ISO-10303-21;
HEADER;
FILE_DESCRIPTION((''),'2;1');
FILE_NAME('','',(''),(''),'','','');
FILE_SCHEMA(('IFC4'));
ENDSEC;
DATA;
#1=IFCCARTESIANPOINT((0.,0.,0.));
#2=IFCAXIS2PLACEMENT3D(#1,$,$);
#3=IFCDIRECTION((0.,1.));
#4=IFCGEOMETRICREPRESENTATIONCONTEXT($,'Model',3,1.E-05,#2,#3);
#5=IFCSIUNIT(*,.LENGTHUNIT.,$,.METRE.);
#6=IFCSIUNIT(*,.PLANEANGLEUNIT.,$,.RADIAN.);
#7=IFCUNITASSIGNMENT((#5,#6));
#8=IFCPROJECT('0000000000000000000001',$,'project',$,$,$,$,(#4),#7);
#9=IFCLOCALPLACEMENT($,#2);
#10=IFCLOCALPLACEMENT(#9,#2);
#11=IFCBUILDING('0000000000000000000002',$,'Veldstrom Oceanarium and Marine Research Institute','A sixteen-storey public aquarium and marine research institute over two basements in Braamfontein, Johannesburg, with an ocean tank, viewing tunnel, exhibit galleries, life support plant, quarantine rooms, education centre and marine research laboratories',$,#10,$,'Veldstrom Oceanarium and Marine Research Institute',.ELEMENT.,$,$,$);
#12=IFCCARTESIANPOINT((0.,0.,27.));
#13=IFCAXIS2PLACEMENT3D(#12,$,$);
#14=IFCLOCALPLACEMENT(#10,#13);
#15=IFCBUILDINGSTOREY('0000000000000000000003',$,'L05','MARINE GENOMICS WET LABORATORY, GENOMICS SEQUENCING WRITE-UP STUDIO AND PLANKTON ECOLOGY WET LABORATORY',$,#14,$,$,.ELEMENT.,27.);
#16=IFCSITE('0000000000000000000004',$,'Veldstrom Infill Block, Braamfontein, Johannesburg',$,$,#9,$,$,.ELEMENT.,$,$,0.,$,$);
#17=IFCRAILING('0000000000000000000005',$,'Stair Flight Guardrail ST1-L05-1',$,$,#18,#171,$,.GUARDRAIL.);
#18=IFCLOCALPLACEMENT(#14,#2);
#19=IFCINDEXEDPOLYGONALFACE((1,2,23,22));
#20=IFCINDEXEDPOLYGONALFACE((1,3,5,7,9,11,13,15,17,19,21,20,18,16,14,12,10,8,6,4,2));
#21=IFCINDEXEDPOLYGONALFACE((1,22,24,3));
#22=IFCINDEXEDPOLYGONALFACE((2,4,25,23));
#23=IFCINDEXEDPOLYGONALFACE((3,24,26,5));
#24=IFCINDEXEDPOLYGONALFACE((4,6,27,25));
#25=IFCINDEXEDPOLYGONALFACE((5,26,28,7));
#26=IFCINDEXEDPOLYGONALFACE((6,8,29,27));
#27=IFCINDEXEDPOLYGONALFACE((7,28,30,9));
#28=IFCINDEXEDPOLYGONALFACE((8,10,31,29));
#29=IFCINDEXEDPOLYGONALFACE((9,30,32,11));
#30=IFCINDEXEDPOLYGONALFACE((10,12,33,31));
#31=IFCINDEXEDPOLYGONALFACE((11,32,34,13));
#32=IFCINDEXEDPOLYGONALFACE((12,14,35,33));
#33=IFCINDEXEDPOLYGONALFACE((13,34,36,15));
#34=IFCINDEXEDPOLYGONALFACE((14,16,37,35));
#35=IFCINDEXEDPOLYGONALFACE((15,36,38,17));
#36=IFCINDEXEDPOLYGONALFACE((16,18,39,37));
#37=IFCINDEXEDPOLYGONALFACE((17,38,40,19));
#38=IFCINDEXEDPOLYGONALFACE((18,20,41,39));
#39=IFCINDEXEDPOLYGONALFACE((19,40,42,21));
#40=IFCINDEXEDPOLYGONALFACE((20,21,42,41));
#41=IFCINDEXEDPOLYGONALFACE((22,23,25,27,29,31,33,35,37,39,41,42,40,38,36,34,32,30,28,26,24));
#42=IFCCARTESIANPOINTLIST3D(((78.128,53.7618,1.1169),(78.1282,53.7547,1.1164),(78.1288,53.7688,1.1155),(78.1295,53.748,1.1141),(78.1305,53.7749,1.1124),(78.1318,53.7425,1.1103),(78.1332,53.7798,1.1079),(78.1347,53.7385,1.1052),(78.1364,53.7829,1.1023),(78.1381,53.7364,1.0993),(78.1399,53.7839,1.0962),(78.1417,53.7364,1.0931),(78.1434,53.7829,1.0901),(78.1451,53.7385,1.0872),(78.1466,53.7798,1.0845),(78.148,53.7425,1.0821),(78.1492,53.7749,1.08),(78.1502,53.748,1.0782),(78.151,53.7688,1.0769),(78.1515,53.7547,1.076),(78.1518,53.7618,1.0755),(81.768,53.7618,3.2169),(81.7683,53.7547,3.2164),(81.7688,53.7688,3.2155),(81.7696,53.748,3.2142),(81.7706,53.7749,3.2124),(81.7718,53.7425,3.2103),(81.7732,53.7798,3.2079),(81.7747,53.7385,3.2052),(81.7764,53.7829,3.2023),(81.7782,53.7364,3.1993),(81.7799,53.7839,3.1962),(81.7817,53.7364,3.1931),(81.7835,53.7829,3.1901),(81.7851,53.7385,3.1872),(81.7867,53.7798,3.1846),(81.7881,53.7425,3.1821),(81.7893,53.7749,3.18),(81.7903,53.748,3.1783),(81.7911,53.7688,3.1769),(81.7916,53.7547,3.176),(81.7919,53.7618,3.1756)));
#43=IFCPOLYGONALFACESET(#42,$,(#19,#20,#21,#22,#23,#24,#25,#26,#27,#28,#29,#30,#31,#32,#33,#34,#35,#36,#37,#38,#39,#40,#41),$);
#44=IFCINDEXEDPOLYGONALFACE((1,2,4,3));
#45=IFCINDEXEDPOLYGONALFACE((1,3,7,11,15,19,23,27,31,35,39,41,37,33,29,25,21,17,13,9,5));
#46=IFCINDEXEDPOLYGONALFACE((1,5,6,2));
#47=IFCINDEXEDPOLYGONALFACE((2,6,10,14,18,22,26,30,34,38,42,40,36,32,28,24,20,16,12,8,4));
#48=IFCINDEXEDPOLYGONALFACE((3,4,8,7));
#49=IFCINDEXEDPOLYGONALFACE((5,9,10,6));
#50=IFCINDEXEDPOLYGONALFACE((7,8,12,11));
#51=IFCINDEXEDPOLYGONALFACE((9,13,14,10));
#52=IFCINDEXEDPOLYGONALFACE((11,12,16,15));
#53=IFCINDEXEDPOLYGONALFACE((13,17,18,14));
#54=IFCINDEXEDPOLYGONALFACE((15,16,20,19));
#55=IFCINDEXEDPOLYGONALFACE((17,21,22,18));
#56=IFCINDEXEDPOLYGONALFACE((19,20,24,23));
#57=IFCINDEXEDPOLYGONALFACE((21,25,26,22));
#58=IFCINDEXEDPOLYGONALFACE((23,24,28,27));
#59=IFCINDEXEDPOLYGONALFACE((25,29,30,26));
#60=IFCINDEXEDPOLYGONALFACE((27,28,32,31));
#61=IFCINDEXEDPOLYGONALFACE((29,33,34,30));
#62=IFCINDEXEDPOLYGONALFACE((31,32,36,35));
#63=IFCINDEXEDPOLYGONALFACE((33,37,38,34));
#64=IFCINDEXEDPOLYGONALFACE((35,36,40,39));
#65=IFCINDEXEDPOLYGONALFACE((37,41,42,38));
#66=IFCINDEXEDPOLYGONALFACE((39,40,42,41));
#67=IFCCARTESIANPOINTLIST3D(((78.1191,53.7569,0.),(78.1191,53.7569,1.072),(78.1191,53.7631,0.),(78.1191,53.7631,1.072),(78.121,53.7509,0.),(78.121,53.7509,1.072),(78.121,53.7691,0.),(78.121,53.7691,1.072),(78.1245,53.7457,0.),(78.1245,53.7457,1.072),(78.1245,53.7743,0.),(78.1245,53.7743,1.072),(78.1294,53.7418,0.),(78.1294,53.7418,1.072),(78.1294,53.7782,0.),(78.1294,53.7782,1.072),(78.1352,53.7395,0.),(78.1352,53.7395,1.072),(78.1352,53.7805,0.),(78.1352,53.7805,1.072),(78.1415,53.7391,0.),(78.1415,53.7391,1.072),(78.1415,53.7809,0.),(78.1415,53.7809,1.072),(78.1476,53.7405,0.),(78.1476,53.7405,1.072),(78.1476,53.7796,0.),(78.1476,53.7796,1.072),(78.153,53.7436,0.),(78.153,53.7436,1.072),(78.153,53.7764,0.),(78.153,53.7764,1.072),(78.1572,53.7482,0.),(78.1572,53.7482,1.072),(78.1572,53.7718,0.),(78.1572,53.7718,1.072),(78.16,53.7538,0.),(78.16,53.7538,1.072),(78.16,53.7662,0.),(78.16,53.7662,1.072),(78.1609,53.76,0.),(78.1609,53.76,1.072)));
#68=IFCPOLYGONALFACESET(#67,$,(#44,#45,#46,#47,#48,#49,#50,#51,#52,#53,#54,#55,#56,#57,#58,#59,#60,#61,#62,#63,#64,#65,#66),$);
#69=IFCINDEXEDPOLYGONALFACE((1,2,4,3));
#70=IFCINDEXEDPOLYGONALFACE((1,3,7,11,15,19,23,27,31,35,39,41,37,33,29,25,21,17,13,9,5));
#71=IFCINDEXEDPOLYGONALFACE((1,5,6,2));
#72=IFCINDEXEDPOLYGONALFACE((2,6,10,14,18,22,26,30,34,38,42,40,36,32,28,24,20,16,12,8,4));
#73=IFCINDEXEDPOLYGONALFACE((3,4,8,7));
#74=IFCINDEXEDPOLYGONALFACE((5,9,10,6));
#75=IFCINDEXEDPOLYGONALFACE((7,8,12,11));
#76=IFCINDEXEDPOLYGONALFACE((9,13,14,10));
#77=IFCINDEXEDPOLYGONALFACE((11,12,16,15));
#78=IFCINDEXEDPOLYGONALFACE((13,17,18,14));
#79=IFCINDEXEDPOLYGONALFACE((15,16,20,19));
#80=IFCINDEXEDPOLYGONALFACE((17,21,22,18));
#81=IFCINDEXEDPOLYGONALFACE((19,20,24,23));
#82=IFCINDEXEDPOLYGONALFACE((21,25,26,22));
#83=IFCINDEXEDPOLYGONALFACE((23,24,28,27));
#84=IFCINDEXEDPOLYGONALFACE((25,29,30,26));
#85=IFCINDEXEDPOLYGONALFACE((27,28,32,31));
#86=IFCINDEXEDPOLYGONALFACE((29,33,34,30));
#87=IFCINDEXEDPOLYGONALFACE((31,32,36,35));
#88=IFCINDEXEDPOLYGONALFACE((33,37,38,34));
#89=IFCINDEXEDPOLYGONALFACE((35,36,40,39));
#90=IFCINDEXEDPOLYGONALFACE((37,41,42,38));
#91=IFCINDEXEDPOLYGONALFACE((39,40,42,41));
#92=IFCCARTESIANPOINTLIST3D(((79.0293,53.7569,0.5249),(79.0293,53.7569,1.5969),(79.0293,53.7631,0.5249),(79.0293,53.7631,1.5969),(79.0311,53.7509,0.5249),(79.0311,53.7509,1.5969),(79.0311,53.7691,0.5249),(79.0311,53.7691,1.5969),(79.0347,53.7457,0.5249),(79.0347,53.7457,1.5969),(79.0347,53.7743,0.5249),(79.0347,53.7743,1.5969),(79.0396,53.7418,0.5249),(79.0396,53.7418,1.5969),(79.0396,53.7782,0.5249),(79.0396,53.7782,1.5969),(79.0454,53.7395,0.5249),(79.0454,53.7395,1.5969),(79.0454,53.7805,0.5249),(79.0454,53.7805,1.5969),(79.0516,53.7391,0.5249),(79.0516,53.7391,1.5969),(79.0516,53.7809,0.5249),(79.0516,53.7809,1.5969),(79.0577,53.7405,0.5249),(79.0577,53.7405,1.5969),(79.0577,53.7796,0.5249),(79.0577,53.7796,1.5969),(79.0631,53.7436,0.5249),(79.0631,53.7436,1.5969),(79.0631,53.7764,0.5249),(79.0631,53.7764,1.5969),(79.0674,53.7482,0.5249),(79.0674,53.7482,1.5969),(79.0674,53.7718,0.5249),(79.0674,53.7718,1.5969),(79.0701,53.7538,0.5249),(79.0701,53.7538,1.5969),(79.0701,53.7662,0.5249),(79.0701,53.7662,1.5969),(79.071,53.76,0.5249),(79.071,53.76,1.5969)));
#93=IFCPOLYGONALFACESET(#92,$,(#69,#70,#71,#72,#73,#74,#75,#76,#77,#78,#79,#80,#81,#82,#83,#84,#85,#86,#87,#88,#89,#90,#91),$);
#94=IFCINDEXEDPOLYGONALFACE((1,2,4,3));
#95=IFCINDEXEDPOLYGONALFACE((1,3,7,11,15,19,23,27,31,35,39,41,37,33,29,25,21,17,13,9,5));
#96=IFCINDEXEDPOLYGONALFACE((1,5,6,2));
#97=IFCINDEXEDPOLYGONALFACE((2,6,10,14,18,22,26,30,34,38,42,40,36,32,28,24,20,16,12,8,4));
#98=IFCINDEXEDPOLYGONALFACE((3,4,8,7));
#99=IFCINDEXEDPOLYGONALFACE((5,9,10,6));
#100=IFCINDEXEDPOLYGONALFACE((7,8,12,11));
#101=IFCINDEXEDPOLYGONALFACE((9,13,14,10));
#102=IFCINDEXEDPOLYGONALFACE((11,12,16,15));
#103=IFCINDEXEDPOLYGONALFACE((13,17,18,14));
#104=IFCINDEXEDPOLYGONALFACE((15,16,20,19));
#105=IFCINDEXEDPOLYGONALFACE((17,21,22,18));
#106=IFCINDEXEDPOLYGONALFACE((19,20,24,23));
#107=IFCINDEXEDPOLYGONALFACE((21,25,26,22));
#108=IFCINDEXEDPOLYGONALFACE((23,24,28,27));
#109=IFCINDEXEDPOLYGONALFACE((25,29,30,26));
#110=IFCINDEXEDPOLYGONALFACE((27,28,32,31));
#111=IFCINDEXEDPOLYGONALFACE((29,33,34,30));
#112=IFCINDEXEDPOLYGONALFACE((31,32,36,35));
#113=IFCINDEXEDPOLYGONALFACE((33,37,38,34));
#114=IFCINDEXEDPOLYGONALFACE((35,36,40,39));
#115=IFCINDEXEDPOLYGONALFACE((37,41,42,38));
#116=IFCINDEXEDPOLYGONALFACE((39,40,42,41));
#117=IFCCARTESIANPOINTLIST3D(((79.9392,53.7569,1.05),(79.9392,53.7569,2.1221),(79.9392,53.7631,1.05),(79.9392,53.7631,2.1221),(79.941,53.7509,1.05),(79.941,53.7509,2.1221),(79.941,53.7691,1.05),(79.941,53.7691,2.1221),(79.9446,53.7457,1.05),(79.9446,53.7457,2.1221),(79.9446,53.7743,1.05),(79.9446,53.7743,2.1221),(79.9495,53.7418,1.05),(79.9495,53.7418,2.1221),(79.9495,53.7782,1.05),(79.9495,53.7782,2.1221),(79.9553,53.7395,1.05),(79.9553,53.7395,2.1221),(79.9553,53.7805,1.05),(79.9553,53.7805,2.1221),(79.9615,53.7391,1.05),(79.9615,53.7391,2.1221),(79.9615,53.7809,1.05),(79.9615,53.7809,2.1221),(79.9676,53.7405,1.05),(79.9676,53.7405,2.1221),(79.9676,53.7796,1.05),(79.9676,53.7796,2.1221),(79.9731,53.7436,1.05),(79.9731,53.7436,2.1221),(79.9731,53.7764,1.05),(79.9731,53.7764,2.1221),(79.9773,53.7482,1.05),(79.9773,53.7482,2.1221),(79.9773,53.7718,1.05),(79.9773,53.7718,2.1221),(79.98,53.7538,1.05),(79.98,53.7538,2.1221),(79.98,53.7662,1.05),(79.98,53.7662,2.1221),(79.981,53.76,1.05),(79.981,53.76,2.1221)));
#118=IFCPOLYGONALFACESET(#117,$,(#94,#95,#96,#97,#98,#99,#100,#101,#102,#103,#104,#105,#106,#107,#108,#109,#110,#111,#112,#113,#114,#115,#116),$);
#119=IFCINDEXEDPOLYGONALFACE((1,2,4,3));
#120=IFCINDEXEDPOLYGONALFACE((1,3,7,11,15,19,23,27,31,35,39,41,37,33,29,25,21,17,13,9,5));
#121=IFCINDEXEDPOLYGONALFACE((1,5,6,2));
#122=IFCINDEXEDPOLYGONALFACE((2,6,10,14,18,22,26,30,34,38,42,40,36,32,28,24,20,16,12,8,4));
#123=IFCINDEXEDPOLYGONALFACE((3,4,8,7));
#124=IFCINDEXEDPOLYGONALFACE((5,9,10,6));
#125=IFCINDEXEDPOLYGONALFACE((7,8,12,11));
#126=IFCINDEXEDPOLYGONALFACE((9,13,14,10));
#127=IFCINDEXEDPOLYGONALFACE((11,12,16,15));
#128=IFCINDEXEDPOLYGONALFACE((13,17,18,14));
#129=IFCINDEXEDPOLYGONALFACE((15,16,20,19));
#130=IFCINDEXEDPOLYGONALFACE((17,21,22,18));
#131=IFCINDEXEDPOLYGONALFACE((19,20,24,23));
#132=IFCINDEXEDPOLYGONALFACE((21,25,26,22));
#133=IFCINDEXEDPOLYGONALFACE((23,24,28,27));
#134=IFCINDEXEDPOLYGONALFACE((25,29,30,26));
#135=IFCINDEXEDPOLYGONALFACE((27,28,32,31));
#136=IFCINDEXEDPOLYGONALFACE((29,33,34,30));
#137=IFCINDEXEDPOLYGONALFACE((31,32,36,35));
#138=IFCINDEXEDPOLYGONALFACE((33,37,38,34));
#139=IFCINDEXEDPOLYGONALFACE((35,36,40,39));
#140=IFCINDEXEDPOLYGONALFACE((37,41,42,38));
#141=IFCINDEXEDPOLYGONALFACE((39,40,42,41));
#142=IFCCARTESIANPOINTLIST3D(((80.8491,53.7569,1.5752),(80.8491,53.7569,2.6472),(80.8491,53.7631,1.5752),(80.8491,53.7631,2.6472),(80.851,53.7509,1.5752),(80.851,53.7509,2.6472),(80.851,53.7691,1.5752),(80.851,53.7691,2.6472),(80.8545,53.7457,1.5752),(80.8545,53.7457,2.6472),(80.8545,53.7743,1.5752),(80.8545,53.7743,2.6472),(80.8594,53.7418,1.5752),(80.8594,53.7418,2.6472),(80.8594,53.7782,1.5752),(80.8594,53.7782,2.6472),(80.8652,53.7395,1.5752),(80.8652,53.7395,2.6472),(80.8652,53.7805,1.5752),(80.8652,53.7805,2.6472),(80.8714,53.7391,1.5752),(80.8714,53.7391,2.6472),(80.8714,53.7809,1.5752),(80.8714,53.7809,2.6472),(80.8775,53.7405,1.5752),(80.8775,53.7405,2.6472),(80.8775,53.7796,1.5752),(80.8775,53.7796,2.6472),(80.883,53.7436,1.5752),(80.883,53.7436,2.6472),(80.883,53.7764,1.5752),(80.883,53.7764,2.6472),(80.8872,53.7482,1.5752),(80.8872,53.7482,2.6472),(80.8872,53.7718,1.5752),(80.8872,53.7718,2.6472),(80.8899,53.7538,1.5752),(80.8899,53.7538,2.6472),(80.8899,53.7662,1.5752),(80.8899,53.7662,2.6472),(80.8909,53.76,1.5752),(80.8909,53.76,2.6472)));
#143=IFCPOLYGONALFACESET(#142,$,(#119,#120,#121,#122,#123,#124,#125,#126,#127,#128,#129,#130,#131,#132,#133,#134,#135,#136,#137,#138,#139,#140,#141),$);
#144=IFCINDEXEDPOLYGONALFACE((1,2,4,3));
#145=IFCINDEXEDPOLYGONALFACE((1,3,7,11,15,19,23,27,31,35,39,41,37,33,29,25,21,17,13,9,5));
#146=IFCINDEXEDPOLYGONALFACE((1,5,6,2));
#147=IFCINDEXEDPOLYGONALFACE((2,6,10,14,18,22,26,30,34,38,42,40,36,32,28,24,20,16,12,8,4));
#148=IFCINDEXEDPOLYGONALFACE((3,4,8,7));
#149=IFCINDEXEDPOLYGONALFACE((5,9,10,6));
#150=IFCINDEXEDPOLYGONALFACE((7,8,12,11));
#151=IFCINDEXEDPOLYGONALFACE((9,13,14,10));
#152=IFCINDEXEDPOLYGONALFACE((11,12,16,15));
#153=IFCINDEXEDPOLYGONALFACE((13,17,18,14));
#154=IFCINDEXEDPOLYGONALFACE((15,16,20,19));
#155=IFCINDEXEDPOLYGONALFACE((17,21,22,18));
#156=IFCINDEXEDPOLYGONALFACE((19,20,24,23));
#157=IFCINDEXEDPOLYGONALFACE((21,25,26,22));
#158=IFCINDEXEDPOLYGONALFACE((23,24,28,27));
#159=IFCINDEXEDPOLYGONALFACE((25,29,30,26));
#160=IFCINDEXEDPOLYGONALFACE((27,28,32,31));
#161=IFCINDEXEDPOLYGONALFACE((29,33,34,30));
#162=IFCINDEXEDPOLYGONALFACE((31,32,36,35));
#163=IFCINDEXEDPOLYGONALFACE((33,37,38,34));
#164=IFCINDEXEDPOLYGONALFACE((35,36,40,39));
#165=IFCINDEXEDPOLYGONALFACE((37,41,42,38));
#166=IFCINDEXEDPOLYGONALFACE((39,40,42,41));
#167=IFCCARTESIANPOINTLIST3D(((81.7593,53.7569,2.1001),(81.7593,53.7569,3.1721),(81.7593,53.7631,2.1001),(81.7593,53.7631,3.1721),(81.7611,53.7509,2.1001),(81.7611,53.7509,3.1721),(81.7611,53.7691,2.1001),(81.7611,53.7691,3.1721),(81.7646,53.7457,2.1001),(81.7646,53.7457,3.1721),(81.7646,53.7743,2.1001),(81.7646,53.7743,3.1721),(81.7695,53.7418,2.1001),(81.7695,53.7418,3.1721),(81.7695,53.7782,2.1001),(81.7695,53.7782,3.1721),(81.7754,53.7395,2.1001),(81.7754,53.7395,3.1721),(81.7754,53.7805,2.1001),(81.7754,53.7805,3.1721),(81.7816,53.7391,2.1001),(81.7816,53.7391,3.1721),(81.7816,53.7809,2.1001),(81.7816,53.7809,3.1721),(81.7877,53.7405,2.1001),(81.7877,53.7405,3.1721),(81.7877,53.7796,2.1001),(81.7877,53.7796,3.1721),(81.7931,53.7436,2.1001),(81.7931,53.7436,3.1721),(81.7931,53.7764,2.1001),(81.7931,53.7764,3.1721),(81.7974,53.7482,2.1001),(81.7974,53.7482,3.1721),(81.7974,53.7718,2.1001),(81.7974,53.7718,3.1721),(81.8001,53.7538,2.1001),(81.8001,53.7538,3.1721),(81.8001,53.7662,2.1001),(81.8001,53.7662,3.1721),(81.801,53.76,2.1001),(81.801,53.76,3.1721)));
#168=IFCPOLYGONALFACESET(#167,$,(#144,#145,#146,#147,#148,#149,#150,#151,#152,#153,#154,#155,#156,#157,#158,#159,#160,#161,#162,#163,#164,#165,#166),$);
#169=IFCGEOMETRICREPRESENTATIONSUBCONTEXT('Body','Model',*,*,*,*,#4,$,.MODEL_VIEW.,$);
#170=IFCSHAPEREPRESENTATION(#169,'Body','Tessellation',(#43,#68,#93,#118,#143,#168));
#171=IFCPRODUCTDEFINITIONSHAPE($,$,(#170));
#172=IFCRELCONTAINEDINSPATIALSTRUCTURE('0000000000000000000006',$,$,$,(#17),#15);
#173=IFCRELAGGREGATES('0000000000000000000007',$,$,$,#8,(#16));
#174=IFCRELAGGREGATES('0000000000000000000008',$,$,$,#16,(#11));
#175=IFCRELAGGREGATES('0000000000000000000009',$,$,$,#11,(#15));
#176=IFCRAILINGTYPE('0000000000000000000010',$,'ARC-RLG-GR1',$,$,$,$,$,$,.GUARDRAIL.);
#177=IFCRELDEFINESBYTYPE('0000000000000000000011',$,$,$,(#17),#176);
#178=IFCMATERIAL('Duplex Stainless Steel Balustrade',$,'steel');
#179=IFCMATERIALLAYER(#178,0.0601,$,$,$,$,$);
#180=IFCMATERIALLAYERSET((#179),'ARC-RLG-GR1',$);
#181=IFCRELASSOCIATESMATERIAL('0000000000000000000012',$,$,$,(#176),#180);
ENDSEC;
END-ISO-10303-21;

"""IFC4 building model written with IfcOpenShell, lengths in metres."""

from ifc_helpers import new_model, si_unit, direction, frame, origin, origin_2d, place, context, subcontext, project, spatial, circle, extrude, material, layer, layer_set, type_object, element, save


model = new_model("IFC4")

# Units and contexts
model_context = context("Model", 3, precision=1e-05, world=origin(), true_north=direction((0.0, 1.0)))
body_context = subcontext(model_context, "Body", "Model", "MODEL_VIEW")
ifc_project = project(units=[si_unit("LENGTHUNIT", "METRE"), si_unit("PLANEANGLEUNIT", "RADIAN")], contexts=[model_context])

# Site, building, storey
site_placement = place(None, origin())
site = spatial("IfcSite", under=ifc_project, at=site_placement, Name="Veldstrom Infill Block, Braamfontein, Johannesburg", CompositionType="ELEMENT", RefElevation=0.0)
building_placement = place(site_placement, origin())
building = spatial("IfcBuilding", under=site, at=building_placement, Name="Veldstrom Oceanarium and Marine Research Institute", Description="A sixteen-storey public aquarium and marine research institute over two basements in Braamfontein, Johannesburg, with an ocean tank, viewing tunnel, exhibit galleries, life support plant, quarantine rooms, education centre and marine research laboratories", LongName="Veldstrom Oceanarium and Marine Research Institute", CompositionType="ELEMENT")
storey_placement = place(building_placement, frame((0.0, 0.0, 27.0)))
storey = spatial("IfcBuildingStorey", under=building, at=storey_placement, Name="L05", Description="MARINE GENOMICS WET LABORATORY, GENOMICS SEQUENCING WRITE-UP STUDIO AND PLANKTON ECOLOGY WET LABORATORY", CompositionType="ELEMENT", Elevation=27.0)

# Railing
ifc_material_1 = material(Name="Duplex Stainless Steel Balustrade", Category="steel")
ifc_layer_1 = layer(ifc_material_1, 0.0601)
ifc_layer_set_1 = layer_set([ifc_layer_1], Name="ARC-RLG-GR1")
railing_type_1 = type_object("IfcRailingType", Name="ARC-RLG-GR1", PredefinedType="GUARDRAIL", material=ifc_layer_set_1)
railing_1_placement = place(storey_placement, frame((78.1399, 53.76, 0.0)))
element("IfcRailing", 1, at=railing_1_placement, inside=storey, type_object=railing_type_1, Name="Stair Flight Guardrail ST1-L05-1", PredefinedType="GUARDRAIL", context=body_context, shape_type="SweptSolid", body=[
    extrude(circle(Radius=0.0239, at=origin_2d()), frame((0.0, 0.0, 1.0962), z_axis=(0.866184, 0.0, 0.499726), x_axis=(0.0, 1.0, 0.0)), (0.0, 0.0, 1.0), 4.2024),
    extrude(circle(Radius=0.021, at=origin_2d()), origin(), (0.0, 0.0, 1.0), 1.072),
    extrude(circle(Radius=0.021, at=origin_2d()), frame((0.9102, 0.0, 0.5249)), (0.0, 0.0, 1.0), 1.072),
    extrude(circle(Radius=0.021, at=origin_2d()), frame((1.8201, 0.0, 1.05)), (0.0, 0.0, 1.0), 1.072),
    extrude(circle(Radius=0.021, at=origin_2d()), frame((2.73, 0.0, 1.5752)), (0.0, 0.0, 1.0), 1.072),
    extrude(circle(Radius=0.021, at=origin_2d()), frame((3.6401, 0.0, 2.1001)), (0.0, 0.0, 1.0), 1.072),
])

save(model, "model.ifc")
